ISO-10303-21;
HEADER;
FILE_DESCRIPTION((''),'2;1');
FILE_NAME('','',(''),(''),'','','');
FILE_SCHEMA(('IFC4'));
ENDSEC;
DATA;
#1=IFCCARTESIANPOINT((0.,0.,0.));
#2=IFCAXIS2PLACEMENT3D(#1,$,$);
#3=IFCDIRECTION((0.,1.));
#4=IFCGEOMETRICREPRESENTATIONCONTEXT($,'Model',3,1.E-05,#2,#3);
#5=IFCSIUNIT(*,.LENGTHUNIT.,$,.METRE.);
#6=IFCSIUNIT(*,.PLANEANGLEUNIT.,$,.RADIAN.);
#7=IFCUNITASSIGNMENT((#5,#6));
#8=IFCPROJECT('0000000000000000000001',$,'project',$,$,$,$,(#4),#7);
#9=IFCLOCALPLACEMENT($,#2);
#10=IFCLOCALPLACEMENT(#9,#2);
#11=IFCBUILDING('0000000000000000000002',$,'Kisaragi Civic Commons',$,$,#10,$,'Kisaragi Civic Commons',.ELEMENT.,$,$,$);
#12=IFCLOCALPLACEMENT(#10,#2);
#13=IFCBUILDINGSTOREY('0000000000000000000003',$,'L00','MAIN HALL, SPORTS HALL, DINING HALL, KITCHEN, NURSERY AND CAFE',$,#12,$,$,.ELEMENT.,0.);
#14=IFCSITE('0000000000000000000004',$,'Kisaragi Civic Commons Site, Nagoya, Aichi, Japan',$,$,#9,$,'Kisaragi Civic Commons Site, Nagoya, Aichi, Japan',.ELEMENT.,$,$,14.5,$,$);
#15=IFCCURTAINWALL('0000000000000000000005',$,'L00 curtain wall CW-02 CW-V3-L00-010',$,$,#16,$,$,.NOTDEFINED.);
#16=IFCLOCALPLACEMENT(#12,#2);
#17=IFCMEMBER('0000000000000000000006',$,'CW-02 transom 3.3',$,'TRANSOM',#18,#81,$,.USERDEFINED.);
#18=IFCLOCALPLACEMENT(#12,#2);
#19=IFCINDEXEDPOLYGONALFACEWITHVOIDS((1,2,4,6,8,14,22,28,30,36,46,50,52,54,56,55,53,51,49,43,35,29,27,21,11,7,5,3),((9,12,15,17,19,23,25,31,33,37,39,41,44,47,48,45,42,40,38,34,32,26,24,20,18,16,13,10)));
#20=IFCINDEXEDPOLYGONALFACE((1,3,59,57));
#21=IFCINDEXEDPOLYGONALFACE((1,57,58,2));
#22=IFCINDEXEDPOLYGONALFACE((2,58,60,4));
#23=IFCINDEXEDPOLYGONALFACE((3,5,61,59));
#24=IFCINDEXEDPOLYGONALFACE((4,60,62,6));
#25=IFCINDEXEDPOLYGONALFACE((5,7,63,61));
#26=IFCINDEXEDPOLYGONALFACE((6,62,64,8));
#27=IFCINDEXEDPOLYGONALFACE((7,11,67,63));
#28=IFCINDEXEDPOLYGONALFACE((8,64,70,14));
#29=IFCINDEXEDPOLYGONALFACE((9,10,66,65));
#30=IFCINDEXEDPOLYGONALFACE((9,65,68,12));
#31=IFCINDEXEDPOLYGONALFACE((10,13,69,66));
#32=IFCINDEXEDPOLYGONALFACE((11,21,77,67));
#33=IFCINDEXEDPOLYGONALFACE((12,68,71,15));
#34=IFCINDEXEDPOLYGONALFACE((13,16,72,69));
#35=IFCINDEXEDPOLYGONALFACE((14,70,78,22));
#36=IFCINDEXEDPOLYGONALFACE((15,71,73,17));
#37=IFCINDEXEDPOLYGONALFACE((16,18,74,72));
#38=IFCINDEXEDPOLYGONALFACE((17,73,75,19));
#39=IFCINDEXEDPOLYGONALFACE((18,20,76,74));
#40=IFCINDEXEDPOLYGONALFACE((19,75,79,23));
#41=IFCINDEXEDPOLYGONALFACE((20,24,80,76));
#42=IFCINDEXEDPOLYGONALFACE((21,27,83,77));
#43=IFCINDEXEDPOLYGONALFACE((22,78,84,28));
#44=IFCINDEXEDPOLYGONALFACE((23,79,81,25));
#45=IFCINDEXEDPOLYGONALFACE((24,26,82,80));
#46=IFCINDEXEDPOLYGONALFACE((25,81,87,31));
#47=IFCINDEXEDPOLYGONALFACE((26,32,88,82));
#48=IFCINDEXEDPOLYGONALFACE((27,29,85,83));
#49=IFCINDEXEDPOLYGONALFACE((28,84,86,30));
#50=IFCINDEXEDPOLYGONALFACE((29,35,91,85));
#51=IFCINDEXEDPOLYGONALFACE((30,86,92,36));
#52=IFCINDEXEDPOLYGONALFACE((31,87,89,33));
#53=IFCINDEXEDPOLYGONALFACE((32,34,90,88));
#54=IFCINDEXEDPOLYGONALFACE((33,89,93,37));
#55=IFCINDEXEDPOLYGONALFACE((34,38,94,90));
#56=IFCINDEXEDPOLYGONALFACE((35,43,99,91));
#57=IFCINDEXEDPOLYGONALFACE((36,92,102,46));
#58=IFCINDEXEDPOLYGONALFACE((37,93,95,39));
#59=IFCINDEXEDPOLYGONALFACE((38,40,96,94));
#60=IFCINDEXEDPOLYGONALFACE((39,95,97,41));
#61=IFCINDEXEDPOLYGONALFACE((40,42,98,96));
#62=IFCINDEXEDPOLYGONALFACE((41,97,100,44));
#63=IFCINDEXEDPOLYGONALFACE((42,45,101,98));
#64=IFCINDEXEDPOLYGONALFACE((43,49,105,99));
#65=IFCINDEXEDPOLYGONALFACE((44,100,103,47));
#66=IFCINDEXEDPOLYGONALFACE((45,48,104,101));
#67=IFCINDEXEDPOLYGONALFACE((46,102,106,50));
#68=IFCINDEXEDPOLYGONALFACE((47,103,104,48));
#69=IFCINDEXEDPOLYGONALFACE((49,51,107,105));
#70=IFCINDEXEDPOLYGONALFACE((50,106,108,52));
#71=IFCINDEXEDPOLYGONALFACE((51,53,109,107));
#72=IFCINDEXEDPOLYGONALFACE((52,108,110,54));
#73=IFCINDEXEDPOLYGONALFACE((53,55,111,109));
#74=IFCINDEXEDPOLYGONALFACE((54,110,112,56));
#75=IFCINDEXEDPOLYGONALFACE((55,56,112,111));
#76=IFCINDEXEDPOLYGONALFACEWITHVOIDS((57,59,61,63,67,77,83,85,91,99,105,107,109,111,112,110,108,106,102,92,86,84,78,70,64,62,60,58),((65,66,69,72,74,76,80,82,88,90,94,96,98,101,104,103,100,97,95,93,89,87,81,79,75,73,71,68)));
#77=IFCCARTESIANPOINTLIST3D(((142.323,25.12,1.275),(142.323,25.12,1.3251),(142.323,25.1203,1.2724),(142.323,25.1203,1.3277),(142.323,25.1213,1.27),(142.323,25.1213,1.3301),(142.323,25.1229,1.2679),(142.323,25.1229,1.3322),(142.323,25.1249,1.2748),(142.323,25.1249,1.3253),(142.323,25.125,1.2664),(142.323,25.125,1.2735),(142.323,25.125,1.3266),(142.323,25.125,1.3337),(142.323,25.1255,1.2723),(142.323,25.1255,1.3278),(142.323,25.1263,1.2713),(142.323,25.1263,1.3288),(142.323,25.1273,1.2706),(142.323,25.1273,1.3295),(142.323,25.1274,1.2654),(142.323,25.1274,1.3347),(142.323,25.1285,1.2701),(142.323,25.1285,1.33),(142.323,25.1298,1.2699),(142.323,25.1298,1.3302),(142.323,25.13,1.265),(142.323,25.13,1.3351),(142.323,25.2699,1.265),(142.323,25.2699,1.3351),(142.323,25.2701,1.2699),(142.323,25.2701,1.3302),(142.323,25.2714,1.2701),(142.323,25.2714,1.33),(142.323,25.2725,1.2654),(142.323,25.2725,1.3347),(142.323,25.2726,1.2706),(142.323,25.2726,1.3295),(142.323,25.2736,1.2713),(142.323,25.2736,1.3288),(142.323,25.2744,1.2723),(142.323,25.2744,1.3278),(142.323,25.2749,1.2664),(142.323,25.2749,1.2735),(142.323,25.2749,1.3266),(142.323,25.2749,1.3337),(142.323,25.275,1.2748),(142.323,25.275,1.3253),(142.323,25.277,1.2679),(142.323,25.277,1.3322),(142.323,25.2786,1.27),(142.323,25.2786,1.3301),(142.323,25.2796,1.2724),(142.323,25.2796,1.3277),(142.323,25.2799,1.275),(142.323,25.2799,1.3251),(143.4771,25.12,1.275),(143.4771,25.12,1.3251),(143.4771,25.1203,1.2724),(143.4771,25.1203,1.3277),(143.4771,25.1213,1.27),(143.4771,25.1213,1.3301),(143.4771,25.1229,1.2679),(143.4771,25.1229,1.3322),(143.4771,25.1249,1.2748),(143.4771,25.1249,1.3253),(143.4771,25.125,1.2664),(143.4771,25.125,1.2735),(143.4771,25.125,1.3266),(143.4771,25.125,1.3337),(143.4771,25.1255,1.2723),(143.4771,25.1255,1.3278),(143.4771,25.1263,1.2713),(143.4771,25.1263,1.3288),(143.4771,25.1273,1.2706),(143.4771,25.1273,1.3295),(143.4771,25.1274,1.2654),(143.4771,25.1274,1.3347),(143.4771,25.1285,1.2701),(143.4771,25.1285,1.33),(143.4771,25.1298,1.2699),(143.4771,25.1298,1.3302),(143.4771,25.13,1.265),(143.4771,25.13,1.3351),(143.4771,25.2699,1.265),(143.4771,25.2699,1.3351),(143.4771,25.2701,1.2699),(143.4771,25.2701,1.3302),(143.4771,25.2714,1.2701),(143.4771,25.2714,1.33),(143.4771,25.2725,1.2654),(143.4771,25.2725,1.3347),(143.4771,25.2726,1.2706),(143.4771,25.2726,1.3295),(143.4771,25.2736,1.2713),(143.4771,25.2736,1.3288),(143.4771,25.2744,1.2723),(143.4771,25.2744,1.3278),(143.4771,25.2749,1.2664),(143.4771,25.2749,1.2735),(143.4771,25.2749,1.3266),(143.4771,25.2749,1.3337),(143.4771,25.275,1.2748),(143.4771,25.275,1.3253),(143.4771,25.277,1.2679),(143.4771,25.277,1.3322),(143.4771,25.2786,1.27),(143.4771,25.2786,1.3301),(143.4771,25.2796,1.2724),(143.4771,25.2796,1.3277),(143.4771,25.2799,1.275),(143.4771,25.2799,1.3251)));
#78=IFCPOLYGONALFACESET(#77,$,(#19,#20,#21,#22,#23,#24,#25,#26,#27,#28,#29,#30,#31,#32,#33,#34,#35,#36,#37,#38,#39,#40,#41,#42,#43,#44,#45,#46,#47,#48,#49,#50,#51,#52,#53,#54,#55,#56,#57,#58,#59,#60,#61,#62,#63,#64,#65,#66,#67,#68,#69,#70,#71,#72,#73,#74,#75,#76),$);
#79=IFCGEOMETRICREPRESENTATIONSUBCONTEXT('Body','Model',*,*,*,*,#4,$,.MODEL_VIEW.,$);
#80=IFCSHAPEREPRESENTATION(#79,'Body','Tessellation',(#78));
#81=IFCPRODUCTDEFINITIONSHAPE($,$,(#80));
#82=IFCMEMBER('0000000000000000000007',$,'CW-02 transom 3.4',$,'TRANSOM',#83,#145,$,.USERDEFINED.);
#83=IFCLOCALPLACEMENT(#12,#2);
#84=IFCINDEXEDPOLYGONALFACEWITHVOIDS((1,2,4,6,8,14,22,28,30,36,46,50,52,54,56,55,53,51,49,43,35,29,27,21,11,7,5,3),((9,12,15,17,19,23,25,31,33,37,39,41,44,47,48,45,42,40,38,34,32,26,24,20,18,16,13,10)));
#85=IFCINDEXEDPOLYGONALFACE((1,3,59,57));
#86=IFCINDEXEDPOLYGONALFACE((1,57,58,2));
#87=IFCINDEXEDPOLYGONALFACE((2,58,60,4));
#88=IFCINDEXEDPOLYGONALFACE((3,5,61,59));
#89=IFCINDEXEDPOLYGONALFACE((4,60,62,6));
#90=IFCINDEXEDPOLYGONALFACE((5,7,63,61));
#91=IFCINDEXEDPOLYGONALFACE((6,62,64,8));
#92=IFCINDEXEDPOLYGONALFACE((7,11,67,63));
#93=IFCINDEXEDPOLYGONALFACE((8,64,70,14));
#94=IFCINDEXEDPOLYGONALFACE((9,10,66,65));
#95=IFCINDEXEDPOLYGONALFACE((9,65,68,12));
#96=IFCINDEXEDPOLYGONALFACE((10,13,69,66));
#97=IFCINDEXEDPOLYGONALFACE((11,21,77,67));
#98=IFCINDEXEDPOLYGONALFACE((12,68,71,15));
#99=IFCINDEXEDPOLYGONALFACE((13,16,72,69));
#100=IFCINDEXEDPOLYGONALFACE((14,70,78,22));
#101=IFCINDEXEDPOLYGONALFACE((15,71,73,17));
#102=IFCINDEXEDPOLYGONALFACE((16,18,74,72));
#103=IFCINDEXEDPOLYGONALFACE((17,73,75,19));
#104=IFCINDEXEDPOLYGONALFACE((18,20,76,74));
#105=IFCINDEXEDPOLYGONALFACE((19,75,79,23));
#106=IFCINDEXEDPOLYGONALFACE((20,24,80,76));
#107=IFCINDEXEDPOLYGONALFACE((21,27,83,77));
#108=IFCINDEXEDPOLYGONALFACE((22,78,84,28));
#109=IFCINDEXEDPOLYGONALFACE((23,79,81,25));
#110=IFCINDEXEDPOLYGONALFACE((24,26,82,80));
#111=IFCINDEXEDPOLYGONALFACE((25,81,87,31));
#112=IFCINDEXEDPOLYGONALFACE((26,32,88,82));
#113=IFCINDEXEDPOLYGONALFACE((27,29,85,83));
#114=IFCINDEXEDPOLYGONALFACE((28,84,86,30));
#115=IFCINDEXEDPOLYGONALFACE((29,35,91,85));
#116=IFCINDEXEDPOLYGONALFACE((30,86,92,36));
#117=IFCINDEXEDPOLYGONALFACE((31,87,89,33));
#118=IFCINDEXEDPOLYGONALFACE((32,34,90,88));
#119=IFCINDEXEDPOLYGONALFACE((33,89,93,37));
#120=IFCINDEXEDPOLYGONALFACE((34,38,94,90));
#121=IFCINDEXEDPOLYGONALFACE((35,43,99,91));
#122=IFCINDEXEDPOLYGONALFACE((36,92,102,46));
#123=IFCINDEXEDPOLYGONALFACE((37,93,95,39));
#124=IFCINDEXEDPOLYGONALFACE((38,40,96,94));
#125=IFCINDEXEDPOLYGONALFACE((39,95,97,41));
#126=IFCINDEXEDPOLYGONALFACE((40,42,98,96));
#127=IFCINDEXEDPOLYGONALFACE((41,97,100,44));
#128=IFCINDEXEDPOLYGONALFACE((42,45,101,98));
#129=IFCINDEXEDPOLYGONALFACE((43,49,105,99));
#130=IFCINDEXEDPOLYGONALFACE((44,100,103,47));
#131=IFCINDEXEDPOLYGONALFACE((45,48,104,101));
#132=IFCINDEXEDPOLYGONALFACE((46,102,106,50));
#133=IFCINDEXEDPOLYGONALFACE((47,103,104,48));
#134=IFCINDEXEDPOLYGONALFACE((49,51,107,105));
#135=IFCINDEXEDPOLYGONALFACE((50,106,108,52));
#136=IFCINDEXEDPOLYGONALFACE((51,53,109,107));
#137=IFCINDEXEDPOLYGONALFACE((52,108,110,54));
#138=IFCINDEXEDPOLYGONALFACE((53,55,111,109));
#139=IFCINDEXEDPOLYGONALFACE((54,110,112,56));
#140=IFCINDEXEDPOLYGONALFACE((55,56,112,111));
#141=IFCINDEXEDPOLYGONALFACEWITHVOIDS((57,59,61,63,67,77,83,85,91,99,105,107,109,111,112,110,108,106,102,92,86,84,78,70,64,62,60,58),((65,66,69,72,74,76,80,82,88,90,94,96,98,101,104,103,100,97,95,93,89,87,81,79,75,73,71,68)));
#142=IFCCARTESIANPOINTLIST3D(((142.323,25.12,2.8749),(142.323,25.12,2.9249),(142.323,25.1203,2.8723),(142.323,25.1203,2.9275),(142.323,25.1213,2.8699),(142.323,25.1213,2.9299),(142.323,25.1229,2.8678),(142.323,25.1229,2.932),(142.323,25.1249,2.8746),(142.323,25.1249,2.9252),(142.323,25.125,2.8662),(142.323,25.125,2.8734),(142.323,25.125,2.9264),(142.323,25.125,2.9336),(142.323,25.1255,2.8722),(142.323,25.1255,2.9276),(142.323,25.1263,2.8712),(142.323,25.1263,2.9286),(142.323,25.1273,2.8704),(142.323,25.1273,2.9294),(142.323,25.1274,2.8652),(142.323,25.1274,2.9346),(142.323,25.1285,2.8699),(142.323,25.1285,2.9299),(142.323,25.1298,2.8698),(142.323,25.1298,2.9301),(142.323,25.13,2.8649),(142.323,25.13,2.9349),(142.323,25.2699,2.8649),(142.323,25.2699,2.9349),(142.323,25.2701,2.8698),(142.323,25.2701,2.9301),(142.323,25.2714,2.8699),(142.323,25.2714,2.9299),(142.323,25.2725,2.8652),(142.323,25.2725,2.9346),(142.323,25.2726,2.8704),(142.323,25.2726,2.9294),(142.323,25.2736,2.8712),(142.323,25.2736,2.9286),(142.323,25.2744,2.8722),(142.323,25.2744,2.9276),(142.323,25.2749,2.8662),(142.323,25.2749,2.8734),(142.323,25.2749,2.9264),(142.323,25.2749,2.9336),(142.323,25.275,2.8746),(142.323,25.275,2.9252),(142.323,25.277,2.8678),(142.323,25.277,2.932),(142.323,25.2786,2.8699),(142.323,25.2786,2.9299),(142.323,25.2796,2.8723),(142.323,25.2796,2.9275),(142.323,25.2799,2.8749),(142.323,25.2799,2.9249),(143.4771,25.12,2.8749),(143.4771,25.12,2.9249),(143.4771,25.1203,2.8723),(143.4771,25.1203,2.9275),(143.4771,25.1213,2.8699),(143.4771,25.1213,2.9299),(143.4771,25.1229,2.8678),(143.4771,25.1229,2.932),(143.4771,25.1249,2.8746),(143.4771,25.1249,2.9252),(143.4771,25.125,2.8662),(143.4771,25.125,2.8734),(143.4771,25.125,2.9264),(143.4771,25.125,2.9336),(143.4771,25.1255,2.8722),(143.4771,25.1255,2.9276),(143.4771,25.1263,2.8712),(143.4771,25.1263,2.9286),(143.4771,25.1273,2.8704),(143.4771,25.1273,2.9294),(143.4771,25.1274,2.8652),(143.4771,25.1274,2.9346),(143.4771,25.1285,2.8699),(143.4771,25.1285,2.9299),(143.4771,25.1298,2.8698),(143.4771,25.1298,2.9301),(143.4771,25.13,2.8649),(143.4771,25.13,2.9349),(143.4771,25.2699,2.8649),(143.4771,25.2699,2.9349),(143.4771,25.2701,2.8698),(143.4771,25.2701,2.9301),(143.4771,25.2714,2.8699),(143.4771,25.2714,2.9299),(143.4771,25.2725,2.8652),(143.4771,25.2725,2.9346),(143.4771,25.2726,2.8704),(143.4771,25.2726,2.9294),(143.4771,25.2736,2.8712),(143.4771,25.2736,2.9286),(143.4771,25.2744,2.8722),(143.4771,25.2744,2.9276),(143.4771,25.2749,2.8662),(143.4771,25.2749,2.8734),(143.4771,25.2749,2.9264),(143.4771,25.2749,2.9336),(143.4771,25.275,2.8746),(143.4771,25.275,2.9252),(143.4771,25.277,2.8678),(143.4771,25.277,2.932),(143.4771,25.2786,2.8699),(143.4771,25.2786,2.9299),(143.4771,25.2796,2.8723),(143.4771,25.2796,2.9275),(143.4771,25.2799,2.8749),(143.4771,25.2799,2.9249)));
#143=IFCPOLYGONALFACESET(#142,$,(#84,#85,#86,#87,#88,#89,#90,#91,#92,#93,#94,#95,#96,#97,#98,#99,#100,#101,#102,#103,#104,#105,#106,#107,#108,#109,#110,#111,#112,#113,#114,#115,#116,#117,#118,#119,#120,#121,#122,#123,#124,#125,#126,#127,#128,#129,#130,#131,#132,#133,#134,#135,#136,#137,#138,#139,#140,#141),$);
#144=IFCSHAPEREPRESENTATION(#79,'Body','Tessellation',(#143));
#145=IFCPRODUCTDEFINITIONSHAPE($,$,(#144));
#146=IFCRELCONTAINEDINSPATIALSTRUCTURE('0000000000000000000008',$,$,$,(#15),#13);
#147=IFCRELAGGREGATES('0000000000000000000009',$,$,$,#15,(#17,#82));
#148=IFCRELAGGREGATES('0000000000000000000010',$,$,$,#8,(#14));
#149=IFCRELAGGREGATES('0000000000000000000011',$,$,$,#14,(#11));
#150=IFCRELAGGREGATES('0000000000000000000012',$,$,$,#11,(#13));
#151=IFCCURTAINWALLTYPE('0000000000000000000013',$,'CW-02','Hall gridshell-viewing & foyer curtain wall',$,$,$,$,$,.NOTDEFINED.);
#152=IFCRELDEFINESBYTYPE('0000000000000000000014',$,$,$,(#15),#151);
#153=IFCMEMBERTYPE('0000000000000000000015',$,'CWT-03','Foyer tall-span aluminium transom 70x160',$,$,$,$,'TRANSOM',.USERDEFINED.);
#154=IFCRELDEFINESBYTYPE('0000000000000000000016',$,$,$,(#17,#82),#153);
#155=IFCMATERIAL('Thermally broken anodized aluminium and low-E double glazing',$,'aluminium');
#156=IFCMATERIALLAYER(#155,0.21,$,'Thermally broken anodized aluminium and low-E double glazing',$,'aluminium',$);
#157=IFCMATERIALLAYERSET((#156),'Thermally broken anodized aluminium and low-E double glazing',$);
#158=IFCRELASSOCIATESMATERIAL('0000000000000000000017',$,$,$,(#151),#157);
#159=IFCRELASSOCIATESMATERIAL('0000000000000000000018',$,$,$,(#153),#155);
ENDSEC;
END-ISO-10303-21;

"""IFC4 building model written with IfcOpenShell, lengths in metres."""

from ifc_helpers import new_model, si_unit, direction, frame, origin, origin_2d, place, context, subcontext, project, spatial, hollow_rectangle, extrude, material, layer, layer_set, material_profile, profile_set, type_object, element, aggregate, save


model = new_model("IFC4")

# Units and contexts
model_context = context("Model", 3, precision=1e-05, world=origin(), true_north=direction((0.0, 1.0)))
body_context = subcontext(model_context, "Body", "Model", "MODEL_VIEW")
ifc_project = project(units=[si_unit("LENGTHUNIT", "METRE"), si_unit("PLANEANGLEUNIT", "RADIAN")], contexts=[model_context])

# Site, building, storey
site_placement = place(None, origin())
site = spatial("IfcSite", under=ifc_project, at=site_placement, Name="Kisaragi Civic Commons Site, Nagoya, Aichi, Japan", LongName="Kisaragi Civic Commons Site, Nagoya, Aichi, Japan", CompositionType="ELEMENT", RefElevation=14.5)
building_placement = place(site_placement, origin())
building = spatial("IfcBuilding", under=site, at=building_placement, Name="Kisaragi Civic Commons", LongName="Kisaragi Civic Commons", CompositionType="ELEMENT")
storey_placement = place(building_placement, origin())
storey = spatial("IfcBuildingStorey", under=building, at=storey_placement, Name="L00", Description="MAIN HALL, SPORTS HALL, DINING HALL, KITCHEN, NURSERY AND CAFE", CompositionType="ELEMENT", Elevation=0.0)

# Curtain wall, members
ifc_material_1 = material(Name="Thermally broken anodized aluminium and low-E double glazing", Category="aluminium")
ifc_layer_1 = layer(ifc_material_1, 0.21, Name="Thermally broken anodized aluminium and low-E double glazing", Category="aluminium")
ifc_layer_set_1 = layer_set([ifc_layer_1], Name="Thermally broken anodized aluminium and low-E double glazing")
curtain_wall_type = type_object("IfcCurtainWallType", Name="CW-02", Description="Hall gridshell-viewing & foyer curtain wall", PredefinedType="NOTDEFINED", material=ifc_layer_set_1)
curtain_wall_placement = place(storey_placement, origin())
curtain_wall = element("IfcCurtainWall", 1, at=curtain_wall_placement, inside=storey, type_object=curtain_wall_type, Name="L00 curtain wall CW-02 CW-V3-L00-010", PredefinedType="NOTDEFINED")
ifc_material_profile_1 = material_profile(ifc_material_1, hollow_rectangle(XDim=0.1599, YDim=0.0701, WallThickness=0.0049, InnerFilletRadius=0.0049, OuterFilletRadius=0.01, at=origin_2d()), Name="CWT-70x160x5", Category="aluminium")
ifc_profile_set_1 = profile_set([ifc_material_profile_1], Name="Thermally broken anodized aluminium and low-E double glazing")
member_type_1 = type_object("IfcMemberType", Name="CWT-03", Description="Foyer tall-span aluminium transom 70x160", ElementType="TRANSOM", PredefinedType="USERDEFINED", material=ifc_profile_set_1)
member_1_placement = place(storey_placement, frame((142.323, 25.2, 1.3), z_axis=(1.0, 0.0, 0.0), x_axis=(0.0, 1.0, 0.0)))
member_1 = element("IfcMember", 2, at=member_1_placement, type_object=member_type_1, Name="CW-02 transom 3.3", ObjectType="TRANSOM", PredefinedType="USERDEFINED", context=body_context, shape_type="SweptSolid", body=[
    extrude(hollow_rectangle(XDim=0.1599, YDim=0.0701, WallThickness=0.0049, InnerFilletRadius=0.0049, OuterFilletRadius=0.01, at=origin_2d()), origin(), (0.0, 0.0, 1.0), 1.1541),
])
member_2_placement = place(storey_placement, frame((142.323, 25.2, 2.8999), z_axis=(1.0, 0.0, 0.0), x_axis=(0.0, 1.0, 0.0)))
member_2 = element("IfcMember", 3, at=member_2_placement, type_object=member_type_1, Name="CW-02 transom 3.4", ObjectType="TRANSOM", PredefinedType="USERDEFINED", context=body_context, shape_type="SweptSolid", body=[
    extrude(hollow_rectangle(XDim=0.1599, YDim=0.0701, WallThickness=0.0049, InnerFilletRadius=0.0049, OuterFilletRadius=0.01, at=origin_2d()), origin(), (0.0, 0.0, 1.0), 1.1541),
])

aggregate(curtain_wall, [member_1, member_2])

save(model, "model.ifc")
